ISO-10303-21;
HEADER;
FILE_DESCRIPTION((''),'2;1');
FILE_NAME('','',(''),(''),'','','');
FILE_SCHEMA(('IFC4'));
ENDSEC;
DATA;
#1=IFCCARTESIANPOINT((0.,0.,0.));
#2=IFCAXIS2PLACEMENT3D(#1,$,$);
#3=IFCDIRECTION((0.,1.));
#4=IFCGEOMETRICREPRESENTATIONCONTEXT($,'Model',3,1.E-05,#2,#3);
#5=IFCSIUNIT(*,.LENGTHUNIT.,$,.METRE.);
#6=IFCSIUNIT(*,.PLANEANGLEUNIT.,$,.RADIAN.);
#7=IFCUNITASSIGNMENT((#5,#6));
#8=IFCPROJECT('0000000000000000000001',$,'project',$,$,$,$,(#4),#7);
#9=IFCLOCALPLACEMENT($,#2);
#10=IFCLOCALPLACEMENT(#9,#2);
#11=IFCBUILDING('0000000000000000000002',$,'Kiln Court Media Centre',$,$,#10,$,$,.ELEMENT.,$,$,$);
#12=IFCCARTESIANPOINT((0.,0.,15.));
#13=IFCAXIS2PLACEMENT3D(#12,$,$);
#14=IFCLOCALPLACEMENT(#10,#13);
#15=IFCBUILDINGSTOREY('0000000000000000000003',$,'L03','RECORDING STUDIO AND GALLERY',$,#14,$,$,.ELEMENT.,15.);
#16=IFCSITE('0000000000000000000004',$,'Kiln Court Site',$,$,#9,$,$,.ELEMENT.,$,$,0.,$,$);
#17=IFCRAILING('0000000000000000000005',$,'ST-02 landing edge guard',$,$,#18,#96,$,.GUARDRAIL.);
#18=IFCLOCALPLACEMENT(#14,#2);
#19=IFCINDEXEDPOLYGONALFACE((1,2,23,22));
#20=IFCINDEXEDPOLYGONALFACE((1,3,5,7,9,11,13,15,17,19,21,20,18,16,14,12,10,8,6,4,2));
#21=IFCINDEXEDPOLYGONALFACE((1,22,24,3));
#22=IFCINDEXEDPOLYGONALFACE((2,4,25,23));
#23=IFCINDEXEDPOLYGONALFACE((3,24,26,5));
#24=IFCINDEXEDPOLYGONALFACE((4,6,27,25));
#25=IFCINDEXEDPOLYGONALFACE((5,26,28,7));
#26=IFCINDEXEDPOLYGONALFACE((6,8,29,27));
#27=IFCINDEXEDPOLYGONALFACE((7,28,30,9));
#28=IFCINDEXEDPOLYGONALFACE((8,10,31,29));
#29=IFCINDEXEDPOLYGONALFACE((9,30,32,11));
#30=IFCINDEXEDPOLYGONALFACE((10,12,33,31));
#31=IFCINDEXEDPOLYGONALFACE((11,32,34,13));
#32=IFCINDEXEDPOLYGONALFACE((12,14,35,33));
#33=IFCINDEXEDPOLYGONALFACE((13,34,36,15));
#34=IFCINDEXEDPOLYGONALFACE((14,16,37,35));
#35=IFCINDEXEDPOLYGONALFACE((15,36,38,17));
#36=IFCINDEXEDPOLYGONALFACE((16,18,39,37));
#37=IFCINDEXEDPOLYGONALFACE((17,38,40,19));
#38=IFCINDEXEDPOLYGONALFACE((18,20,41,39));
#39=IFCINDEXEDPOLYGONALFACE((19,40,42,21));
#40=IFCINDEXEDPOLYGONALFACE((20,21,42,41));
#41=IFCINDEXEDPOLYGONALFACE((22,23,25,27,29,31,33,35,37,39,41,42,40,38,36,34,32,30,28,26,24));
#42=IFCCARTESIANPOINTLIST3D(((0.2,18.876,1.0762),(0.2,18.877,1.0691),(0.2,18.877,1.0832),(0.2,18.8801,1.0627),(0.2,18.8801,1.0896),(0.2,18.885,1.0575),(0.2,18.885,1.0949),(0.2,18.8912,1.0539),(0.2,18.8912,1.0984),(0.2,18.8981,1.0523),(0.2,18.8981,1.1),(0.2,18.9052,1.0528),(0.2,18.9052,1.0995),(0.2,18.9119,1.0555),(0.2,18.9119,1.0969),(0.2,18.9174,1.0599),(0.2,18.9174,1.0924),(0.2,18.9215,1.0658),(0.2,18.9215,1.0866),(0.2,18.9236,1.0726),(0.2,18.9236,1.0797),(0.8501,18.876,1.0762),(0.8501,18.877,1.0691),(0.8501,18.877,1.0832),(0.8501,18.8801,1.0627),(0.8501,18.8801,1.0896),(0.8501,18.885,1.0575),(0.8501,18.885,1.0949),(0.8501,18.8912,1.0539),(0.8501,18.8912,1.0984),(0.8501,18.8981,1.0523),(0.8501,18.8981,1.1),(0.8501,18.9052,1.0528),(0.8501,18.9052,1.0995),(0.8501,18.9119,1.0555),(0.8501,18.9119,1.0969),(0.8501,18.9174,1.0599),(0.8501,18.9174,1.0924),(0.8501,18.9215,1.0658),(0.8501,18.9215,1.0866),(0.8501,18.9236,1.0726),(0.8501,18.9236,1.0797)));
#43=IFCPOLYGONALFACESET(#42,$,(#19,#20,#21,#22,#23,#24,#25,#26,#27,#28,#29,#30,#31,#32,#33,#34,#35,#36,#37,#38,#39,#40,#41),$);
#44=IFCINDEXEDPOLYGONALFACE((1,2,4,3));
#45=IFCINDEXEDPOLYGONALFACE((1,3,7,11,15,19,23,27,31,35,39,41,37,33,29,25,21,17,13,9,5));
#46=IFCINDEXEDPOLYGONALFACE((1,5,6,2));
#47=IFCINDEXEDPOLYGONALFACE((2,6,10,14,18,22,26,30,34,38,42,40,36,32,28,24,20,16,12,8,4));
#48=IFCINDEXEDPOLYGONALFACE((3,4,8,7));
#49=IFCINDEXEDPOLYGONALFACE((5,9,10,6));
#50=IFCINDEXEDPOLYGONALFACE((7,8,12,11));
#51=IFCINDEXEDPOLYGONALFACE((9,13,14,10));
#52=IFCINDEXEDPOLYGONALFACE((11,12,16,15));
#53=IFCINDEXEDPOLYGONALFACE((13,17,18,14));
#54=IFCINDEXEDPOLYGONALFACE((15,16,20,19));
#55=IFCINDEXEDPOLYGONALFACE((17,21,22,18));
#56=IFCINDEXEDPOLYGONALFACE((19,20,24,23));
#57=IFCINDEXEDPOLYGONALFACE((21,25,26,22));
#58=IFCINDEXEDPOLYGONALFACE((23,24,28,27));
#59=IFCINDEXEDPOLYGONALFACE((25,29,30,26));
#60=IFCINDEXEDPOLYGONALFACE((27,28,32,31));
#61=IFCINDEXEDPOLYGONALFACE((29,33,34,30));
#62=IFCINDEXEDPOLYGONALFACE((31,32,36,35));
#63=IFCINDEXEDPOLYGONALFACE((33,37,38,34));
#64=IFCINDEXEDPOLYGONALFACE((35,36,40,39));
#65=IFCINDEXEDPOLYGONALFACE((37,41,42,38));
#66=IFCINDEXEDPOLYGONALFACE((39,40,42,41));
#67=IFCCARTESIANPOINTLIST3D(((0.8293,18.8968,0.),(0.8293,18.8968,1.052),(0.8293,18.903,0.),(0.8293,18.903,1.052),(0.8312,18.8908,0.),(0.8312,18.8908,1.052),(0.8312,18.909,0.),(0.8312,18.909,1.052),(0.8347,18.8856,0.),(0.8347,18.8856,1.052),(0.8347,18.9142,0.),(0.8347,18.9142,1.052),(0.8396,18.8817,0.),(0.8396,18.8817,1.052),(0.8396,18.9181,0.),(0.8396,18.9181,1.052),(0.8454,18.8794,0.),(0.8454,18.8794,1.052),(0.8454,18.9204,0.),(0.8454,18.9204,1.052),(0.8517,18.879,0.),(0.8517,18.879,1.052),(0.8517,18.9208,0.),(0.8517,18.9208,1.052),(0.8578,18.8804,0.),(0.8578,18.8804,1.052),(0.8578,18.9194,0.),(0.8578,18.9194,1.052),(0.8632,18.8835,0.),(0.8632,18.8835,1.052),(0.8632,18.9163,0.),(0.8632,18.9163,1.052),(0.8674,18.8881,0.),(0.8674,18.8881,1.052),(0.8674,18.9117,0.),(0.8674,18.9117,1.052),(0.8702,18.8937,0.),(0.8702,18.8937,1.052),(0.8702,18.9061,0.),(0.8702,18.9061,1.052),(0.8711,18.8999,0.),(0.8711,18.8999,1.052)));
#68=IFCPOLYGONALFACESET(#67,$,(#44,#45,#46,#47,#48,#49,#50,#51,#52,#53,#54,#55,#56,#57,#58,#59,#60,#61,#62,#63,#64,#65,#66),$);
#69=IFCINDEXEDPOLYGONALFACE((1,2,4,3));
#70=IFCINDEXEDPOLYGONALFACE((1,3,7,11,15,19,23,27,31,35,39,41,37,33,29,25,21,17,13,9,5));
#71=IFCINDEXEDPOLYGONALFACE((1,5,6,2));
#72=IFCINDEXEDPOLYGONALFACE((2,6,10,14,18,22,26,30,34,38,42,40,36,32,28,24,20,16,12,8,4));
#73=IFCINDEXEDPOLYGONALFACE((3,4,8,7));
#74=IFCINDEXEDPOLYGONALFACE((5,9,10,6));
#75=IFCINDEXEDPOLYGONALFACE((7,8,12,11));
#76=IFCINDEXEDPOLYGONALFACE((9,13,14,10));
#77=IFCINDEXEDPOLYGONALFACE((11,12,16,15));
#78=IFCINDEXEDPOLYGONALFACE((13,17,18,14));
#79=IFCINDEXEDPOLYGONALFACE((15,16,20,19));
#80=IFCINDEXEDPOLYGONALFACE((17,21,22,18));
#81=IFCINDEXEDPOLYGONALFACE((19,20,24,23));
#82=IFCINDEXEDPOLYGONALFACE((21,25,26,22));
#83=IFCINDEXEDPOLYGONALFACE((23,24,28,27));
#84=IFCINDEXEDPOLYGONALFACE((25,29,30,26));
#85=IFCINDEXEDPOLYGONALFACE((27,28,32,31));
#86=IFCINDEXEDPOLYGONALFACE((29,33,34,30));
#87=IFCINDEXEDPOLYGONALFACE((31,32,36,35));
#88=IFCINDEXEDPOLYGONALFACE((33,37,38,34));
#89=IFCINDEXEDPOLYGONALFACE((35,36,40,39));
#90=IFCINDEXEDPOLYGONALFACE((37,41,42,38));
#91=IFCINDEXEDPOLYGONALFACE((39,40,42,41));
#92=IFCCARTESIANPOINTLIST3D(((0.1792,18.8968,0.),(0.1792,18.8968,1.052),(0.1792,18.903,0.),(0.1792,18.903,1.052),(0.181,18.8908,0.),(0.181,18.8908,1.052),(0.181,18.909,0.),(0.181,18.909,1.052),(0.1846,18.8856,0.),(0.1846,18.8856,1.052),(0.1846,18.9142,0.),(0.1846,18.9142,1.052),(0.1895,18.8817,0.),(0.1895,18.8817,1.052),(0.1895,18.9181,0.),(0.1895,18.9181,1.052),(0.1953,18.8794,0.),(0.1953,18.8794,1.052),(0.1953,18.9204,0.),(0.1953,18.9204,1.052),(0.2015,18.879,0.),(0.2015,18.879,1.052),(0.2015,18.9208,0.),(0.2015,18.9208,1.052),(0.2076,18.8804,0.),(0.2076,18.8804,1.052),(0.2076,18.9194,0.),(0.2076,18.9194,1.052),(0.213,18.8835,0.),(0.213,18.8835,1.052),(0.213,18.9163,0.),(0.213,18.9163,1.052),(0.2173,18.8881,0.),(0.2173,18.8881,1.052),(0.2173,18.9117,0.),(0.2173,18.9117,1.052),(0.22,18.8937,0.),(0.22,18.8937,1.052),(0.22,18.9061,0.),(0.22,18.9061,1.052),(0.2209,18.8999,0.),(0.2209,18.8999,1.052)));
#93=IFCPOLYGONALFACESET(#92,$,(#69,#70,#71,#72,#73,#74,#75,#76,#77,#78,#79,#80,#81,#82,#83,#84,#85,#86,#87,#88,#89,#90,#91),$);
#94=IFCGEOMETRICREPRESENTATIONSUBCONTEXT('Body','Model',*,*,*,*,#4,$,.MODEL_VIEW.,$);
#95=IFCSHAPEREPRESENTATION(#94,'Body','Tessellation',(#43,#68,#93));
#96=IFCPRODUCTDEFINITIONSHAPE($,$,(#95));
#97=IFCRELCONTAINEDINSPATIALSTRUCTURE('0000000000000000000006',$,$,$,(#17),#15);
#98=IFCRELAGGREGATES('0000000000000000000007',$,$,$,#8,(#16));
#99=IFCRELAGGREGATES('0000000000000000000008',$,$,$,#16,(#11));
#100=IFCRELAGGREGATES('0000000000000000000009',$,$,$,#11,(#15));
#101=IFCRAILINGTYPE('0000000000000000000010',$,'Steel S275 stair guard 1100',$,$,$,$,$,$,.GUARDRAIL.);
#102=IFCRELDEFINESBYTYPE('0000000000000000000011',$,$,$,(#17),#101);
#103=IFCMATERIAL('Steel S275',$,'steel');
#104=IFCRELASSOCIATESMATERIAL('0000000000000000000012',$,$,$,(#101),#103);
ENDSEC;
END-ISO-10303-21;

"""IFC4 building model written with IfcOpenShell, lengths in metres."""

from ifc_helpers import new_model, si_unit, direction, frame, origin, origin_2d, place, context, subcontext, project, spatial, circle, extrude, material, type_object, element, save


model = new_model("IFC4")

# Units and contexts
model_context = context("Model", 3, precision=1e-05, world=origin(), true_north=direction((0.0, 1.0)))
body_context = subcontext(model_context, "Body", "Model", "MODEL_VIEW")
ifc_project = project(units=[si_unit("LENGTHUNIT", "METRE"), si_unit("PLANEANGLEUNIT", "RADIAN")], contexts=[model_context])

# Site, building, storey
site_placement = place(None, origin())
site = spatial("IfcSite", under=ifc_project, at=site_placement, Name="Kiln Court Site", CompositionType="ELEMENT", RefElevation=0.0)
building_placement = place(site_placement, origin())
building = spatial("IfcBuilding", under=site, at=building_placement, Name="Kiln Court Media Centre", CompositionType="ELEMENT")
storey_placement = place(building_placement, frame((0.0, 0.0, 15.0)))
storey = spatial("IfcBuildingStorey", under=building, at=storey_placement, Name="L03", Description="RECORDING STUDIO AND GALLERY", CompositionType="ELEMENT", Elevation=15.0)

# Railing
ifc_material_1 = material(Name="Steel S275", Category="steel")
railing_type_1 = type_object("IfcRailingType", Name="Steel S275 stair guard 1100", PredefinedType="GUARDRAIL", material=ifc_material_1)
for number, where, name in (
    (1, (0.8501, 18.8999, 0.0), "ST-02 landing edge guard"),
):
    element("IfcRailing", number, at=place(storey_placement, frame(where)), inside=storey, type_object=railing_type_1, Name=name, PredefinedType="GUARDRAIL", context=body_context, shape_type="SweptSolid", body=[
        extrude(circle(Radius=0.0239, at=origin_2d()), frame((0.0, 0.0, 1.0762), z_axis=(-1.0, 0.0, 0.0), x_axis=(0.0, -1.0, 0.0)), (0.0, 0.0, 1.0), 0.6501),
        extrude(circle(Radius=0.021, at=origin_2d()), origin(), (0.0, 0.0, 1.0), 1.052),
        extrude(circle(Radius=0.021, at=origin_2d()), frame((-0.6501, 0.0, 0.0)), (0.0, 0.0, 1.0), 1.052),
    ])

save(model, "model.ifc")
